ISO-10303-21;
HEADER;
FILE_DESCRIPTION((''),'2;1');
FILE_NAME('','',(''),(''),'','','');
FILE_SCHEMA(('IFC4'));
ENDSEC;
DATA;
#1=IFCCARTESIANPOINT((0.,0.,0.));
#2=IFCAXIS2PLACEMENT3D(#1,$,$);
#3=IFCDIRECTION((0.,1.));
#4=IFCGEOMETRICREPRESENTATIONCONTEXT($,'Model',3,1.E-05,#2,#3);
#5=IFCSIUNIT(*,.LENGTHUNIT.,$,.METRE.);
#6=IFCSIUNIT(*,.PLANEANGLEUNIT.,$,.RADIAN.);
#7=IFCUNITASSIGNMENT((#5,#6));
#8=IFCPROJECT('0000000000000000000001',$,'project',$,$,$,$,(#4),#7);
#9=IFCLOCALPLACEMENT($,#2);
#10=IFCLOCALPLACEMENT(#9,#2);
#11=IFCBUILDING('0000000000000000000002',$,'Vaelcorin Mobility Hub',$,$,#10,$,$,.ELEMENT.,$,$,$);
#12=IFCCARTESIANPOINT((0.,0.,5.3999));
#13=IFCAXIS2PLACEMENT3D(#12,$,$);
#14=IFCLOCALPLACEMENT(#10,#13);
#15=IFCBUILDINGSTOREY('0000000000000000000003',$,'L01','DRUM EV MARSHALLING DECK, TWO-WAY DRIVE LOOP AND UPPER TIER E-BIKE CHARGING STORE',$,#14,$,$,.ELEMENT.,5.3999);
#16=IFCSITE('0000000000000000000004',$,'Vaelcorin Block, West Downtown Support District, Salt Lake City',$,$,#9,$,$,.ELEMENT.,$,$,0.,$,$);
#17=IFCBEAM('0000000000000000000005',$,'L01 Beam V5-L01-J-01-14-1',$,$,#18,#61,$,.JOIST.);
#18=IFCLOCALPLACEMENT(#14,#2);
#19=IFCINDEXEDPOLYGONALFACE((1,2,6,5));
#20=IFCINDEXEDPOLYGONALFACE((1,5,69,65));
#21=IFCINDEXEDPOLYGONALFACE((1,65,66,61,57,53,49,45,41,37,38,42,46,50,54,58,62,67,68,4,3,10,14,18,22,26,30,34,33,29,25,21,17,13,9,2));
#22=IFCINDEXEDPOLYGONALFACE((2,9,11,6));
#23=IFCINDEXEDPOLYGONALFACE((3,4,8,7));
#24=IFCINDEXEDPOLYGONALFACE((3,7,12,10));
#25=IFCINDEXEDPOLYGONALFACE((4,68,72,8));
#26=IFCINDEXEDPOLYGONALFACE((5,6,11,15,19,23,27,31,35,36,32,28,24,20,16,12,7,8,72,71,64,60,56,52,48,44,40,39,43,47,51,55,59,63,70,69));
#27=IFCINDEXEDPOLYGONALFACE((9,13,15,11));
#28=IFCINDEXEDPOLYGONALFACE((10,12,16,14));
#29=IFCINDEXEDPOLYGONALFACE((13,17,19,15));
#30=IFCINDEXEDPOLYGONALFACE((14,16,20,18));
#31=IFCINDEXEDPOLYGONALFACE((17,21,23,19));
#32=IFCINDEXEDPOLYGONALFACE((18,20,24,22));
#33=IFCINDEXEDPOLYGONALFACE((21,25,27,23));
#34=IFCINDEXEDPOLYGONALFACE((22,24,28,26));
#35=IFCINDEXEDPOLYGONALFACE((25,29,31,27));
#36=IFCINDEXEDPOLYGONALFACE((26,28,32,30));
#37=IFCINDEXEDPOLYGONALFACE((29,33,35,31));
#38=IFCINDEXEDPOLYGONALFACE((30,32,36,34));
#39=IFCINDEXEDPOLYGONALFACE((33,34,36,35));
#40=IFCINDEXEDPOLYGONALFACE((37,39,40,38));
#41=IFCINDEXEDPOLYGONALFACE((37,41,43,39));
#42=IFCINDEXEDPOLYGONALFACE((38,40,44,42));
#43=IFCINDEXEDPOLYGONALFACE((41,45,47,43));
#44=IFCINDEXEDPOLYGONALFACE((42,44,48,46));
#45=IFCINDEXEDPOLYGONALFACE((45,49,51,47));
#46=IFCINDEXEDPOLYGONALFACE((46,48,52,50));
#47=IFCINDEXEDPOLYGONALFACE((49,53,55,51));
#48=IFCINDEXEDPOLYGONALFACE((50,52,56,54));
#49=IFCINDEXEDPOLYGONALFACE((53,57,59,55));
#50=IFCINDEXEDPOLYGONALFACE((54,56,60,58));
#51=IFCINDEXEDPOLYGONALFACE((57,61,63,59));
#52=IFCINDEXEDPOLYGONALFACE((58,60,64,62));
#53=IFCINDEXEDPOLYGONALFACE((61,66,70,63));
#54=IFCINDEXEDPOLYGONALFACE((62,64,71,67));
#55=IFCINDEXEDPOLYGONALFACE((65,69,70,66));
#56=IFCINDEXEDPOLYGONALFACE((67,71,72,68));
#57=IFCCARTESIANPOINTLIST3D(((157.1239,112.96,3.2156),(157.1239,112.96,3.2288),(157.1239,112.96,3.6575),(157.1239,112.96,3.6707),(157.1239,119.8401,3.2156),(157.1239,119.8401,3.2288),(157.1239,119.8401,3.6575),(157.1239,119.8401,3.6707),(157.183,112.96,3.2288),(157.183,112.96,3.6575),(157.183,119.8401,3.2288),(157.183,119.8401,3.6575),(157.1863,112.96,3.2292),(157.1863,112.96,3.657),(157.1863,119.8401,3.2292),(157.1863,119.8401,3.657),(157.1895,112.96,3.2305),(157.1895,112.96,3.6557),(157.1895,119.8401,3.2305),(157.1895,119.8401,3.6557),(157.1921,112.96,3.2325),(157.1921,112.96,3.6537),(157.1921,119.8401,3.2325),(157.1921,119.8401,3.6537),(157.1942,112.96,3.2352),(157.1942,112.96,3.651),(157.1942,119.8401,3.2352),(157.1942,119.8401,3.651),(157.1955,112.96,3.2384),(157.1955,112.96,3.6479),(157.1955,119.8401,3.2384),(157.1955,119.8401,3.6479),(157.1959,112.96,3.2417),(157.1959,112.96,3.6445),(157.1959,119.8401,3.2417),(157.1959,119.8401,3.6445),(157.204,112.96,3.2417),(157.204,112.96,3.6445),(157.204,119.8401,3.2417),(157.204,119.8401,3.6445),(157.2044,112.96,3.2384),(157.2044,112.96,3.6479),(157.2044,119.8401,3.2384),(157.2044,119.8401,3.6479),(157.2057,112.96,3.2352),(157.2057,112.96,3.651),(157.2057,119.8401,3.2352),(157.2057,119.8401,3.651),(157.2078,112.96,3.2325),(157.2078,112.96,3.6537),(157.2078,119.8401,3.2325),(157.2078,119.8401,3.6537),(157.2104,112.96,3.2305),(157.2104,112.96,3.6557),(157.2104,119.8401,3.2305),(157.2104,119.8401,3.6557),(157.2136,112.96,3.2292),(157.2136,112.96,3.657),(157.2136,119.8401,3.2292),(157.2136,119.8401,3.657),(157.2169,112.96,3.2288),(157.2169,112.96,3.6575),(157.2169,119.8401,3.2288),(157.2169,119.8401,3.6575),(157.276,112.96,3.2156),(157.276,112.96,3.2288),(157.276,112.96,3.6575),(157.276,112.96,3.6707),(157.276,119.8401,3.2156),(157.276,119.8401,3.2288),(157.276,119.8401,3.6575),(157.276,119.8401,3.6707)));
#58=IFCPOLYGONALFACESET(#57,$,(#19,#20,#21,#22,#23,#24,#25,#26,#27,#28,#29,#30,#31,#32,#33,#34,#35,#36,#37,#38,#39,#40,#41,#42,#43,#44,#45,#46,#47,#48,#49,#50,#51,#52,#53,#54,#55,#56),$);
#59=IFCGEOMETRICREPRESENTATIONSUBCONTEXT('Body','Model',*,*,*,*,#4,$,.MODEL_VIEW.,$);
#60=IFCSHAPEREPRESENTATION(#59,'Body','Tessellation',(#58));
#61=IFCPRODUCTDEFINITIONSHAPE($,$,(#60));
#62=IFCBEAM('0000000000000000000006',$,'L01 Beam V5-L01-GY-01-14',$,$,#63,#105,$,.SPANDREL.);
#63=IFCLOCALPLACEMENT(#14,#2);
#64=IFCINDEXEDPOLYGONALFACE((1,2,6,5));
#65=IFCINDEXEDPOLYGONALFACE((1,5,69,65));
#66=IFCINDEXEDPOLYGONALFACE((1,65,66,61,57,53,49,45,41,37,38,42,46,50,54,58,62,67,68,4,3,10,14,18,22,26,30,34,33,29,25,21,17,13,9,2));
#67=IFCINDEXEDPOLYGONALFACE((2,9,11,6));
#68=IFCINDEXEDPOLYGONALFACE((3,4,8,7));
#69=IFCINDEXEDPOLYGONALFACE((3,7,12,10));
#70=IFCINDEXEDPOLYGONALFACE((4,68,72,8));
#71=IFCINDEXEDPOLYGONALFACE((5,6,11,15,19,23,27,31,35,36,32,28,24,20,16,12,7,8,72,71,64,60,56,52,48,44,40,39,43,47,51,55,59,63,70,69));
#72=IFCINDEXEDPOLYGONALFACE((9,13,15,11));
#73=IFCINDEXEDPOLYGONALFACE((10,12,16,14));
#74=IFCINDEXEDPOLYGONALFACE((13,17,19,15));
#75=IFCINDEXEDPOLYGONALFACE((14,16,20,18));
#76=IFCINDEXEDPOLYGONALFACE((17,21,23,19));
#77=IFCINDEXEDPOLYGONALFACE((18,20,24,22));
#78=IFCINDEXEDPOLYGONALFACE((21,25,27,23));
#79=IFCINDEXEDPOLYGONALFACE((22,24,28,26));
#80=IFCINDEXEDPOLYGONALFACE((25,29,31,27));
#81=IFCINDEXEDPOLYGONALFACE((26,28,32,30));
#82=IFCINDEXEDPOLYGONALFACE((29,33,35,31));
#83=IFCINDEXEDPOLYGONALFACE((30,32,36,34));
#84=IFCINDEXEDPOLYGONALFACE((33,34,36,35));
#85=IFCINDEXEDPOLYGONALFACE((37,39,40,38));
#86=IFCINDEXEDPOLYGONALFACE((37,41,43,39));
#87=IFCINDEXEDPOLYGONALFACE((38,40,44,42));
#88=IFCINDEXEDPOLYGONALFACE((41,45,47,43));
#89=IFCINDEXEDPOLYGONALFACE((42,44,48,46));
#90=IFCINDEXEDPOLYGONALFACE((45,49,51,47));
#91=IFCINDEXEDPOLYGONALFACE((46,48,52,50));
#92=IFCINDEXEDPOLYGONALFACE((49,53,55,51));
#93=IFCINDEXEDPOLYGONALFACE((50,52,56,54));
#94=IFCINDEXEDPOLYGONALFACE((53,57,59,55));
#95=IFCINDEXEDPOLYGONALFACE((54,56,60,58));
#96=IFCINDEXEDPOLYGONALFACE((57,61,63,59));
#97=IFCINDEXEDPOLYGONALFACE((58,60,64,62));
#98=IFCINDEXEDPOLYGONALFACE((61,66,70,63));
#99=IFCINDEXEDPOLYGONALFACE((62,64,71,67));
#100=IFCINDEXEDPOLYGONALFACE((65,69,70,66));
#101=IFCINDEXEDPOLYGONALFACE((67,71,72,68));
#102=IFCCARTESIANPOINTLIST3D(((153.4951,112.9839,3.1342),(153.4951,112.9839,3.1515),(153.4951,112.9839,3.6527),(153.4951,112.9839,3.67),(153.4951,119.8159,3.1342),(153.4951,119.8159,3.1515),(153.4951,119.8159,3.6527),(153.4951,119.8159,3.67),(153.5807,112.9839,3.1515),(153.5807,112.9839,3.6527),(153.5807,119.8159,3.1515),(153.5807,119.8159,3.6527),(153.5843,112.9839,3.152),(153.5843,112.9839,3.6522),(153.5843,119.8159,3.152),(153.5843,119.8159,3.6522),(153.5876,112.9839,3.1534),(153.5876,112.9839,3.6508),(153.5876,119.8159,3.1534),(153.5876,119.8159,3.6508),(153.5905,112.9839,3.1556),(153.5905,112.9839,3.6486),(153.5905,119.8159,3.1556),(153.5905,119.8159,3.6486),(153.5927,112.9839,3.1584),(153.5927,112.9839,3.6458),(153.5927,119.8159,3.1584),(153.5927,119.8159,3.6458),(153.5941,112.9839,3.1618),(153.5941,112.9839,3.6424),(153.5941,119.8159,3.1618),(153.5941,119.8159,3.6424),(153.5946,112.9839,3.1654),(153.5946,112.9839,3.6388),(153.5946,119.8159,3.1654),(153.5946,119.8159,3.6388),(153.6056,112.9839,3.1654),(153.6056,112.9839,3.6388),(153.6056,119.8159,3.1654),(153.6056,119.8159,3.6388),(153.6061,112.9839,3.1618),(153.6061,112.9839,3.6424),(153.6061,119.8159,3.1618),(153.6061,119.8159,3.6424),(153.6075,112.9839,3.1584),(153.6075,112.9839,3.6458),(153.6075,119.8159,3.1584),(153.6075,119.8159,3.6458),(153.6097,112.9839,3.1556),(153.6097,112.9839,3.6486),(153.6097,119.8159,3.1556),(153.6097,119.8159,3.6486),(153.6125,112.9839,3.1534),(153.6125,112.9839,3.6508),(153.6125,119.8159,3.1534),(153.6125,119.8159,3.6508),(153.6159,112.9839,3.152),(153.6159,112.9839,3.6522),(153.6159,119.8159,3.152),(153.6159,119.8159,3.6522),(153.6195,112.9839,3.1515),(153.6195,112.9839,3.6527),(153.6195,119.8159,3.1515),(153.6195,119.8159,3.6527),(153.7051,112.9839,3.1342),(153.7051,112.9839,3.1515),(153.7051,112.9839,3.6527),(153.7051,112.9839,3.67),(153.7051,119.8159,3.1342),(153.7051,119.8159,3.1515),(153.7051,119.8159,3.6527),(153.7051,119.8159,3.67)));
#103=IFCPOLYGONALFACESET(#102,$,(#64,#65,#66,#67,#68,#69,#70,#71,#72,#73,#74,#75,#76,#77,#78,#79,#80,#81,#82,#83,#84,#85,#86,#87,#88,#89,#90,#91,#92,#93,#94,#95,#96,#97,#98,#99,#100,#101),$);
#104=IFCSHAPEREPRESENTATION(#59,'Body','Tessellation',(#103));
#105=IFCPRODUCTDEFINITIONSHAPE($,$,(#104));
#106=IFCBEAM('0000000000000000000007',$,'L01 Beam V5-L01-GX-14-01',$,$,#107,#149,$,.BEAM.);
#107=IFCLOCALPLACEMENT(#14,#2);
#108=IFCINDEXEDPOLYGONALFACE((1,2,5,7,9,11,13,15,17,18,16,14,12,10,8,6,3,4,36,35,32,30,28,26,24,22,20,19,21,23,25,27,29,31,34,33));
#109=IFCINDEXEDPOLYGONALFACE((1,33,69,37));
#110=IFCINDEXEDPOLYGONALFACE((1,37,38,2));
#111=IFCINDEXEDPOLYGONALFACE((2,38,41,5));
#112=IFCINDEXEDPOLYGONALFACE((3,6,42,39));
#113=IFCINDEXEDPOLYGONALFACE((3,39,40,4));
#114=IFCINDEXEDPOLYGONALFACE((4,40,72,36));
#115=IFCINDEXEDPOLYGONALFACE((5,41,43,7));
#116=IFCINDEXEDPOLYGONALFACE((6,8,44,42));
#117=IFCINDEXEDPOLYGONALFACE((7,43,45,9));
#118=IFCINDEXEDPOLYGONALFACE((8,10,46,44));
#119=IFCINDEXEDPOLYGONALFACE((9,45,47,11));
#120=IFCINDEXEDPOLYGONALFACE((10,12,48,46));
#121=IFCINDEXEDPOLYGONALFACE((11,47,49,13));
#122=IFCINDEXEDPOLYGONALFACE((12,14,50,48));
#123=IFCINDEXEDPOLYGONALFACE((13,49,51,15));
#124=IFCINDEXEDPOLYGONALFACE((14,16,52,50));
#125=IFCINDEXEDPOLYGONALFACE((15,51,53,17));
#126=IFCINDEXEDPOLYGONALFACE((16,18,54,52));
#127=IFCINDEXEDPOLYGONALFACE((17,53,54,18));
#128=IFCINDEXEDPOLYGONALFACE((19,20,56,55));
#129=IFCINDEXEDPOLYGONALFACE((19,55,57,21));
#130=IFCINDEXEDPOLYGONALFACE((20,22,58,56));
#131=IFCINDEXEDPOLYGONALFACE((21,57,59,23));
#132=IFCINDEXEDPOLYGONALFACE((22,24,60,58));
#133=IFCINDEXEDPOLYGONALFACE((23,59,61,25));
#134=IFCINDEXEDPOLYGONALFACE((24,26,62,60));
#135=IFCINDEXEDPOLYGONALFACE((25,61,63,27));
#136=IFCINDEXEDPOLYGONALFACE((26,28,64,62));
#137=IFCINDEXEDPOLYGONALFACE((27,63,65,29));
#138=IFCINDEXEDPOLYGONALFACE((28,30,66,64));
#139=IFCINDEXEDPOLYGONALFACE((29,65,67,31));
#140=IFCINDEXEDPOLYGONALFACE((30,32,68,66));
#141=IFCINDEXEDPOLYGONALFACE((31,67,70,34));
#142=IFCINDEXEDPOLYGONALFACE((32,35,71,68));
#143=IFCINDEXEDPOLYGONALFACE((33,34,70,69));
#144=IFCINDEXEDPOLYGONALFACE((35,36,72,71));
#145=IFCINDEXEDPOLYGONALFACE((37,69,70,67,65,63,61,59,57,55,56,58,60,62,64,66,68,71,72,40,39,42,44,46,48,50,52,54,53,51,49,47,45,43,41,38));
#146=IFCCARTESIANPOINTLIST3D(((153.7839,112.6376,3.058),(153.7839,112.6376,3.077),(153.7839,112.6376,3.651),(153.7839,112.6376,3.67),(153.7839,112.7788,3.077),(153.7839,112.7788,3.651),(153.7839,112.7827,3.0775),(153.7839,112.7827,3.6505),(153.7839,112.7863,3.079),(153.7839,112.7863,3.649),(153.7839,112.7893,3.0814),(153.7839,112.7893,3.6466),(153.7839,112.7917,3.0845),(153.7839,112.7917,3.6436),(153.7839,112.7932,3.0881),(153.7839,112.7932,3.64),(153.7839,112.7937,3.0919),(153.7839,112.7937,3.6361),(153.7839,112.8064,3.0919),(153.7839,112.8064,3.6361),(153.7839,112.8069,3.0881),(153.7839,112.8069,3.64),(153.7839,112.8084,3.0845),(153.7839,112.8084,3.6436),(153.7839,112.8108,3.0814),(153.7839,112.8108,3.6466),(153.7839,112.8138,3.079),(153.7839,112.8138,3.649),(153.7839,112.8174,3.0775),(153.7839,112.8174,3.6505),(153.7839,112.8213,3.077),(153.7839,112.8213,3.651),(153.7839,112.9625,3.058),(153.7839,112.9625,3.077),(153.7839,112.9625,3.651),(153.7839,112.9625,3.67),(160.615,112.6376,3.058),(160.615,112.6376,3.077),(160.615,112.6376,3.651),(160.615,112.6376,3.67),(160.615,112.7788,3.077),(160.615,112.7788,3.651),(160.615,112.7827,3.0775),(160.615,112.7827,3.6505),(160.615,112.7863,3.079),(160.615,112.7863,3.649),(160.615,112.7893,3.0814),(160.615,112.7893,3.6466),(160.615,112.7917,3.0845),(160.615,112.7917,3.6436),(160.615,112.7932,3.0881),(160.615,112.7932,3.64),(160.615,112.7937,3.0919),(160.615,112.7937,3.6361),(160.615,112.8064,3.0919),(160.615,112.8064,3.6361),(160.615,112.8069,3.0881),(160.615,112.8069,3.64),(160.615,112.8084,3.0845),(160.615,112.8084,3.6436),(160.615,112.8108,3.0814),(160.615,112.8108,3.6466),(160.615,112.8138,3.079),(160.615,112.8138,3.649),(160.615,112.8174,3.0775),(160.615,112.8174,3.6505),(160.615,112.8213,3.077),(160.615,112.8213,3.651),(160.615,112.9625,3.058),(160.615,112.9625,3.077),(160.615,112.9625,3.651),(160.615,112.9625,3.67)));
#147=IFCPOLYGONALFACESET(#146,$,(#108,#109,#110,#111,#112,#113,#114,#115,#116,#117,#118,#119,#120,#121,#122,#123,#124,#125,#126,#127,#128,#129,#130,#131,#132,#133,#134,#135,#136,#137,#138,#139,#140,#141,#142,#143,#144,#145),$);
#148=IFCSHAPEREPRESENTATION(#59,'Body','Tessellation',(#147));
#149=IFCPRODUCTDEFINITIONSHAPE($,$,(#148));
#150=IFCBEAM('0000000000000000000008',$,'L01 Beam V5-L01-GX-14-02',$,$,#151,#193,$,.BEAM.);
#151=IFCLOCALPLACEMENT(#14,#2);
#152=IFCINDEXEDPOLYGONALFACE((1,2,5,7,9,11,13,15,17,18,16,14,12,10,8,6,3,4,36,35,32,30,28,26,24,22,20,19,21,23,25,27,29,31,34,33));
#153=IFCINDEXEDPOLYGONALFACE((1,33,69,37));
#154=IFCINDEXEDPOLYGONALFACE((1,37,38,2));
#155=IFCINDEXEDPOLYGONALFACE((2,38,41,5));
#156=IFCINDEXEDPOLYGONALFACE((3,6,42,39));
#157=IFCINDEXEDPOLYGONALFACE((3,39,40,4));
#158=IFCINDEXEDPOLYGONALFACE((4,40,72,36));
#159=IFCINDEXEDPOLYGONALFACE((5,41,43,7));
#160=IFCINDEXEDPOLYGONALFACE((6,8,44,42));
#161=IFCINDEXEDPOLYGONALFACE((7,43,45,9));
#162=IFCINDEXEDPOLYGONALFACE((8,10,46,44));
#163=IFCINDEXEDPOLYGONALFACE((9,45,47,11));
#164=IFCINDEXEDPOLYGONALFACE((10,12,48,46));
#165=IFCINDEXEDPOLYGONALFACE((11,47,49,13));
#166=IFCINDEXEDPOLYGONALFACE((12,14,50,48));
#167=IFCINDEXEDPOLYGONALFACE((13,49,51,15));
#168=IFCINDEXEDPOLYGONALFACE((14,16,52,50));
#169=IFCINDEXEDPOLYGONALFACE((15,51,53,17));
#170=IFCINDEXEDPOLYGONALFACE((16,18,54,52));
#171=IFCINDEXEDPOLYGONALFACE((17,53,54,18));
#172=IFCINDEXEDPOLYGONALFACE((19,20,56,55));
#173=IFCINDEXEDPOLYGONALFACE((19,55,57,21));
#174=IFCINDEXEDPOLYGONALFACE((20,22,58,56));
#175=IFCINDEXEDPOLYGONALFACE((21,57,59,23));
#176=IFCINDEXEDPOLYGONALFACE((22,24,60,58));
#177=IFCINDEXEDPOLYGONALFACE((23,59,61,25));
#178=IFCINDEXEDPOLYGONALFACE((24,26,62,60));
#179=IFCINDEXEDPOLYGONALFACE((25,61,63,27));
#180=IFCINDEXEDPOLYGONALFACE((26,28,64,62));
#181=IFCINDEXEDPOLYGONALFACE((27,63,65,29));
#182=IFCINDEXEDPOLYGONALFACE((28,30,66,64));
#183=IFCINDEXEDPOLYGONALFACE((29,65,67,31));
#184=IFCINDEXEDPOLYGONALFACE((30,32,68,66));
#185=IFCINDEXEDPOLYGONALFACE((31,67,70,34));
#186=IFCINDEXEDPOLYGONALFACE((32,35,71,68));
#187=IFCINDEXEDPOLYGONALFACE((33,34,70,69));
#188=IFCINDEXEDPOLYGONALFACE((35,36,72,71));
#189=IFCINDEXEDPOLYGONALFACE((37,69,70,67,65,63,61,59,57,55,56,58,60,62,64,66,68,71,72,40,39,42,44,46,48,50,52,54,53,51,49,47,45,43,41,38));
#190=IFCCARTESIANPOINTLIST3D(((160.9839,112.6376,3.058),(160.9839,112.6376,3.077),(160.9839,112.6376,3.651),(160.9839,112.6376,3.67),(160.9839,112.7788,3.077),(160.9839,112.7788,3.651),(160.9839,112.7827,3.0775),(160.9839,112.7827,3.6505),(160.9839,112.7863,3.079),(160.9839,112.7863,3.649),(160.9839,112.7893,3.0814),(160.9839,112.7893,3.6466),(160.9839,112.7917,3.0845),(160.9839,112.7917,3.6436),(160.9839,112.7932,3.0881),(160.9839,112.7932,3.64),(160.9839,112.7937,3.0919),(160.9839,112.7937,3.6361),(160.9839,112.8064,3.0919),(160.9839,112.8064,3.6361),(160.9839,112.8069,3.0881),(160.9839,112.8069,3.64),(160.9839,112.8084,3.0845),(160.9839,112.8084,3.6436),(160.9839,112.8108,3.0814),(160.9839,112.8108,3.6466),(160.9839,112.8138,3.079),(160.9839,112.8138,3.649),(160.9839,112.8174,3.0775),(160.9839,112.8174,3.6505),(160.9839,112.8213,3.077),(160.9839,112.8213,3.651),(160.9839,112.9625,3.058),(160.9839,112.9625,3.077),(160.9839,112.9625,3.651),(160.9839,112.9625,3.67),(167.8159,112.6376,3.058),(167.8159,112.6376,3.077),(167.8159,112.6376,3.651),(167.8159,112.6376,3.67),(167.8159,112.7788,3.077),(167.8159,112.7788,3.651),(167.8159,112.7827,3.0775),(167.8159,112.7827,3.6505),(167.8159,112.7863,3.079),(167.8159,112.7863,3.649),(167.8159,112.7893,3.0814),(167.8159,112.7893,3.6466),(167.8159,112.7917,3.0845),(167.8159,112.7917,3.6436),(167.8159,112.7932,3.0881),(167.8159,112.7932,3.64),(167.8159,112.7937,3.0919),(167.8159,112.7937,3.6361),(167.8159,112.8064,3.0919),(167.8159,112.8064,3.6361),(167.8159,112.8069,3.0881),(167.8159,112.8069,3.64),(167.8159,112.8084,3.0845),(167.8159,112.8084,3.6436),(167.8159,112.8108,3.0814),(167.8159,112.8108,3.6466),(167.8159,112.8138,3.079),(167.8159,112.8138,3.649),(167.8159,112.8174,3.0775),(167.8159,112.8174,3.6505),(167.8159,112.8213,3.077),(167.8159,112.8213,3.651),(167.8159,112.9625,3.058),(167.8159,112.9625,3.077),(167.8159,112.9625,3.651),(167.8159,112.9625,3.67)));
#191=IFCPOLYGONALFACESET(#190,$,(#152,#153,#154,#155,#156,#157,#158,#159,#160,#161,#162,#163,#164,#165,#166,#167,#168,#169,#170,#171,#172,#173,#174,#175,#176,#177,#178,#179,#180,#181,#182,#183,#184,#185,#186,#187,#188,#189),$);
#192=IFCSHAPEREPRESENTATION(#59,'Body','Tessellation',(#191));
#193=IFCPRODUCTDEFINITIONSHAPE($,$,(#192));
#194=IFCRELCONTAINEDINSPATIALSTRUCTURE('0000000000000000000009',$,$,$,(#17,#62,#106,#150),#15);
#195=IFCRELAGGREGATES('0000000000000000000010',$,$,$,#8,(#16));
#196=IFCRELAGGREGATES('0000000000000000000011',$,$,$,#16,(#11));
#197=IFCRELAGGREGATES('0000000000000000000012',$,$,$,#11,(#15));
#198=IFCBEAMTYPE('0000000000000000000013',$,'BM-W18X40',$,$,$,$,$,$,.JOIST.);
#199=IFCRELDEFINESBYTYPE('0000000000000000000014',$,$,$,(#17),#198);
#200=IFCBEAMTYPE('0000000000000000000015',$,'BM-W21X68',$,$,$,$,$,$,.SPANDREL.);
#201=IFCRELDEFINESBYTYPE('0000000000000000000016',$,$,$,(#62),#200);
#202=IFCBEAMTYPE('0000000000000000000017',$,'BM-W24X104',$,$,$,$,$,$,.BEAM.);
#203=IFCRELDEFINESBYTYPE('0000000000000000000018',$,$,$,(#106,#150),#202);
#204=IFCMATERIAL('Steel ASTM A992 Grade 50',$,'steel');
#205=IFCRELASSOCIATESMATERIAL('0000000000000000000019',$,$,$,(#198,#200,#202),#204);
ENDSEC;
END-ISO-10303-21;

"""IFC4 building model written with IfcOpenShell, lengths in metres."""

from ifc_helpers import new_model, si_unit, direction, frame, origin, origin_2d, place, context, subcontext, project, spatial, i_section, extrude, material, material_profile, profile_set, type_object, element, save


model = new_model("IFC4")

# Units and contexts
model_context = context("Model", 3, precision=1e-05, world=origin(), true_north=direction((0.0, 1.0)))
body_context = subcontext(model_context, "Body", "Model", "MODEL_VIEW")
ifc_project = project(units=[si_unit("LENGTHUNIT", "METRE"), si_unit("PLANEANGLEUNIT", "RADIAN")], contexts=[model_context])

# Site, building, storey
site_placement = place(None, origin())
site = spatial("IfcSite", under=ifc_project, at=site_placement, Name="Vaelcorin Block, West Downtown Support District, Salt Lake City", CompositionType="ELEMENT", RefElevation=0.0)
building_placement = place(site_placement, origin())
building = spatial("IfcBuilding", under=site, at=building_placement, Name="Vaelcorin Mobility Hub", CompositionType="ELEMENT")
storey_placement = place(building_placement, frame((0.0, 0.0, 5.3999)))
storey = spatial("IfcBuildingStorey", under=building, at=storey_placement, Name="L01", Description="DRUM EV MARSHALLING DECK, TWO-WAY DRIVE LOOP AND UPPER TIER E-BIKE CHARGING STORE", CompositionType="ELEMENT", Elevation=5.3999)

# Shared definitions
ifc_material_1 = material(Name="Steel ASTM A992 Grade 50", Category="steel")

# Beams
ifc_material_profile_1 = material_profile(ifc_material_1, i_section(OverallWidth=0.1521, OverallDepth=0.4551, WebThickness=0.0081, FlangeThickness=0.0132, FilletRadius=0.0129, at=origin_2d()), Name="W18X40")
ifc_profile_set_1 = profile_set([ifc_material_profile_1], Name="Steel ASTM A992 Grade 50")
beam_type_1 = type_object("IfcBeamType", Name="BM-W18X40", PredefinedType="JOIST", material=ifc_profile_set_1)
beam_1_placement = place(storey_placement, frame((157.2, 112.96, 3.4431), z_axis=(0.0, 1.0, 0.0), x_axis=(-1.0, 0.0, 0.0)))
element("IfcBeam", 1, at=beam_1_placement, inside=storey, type_object=beam_type_1, Name="L01 Beam V5-L01-J-01-14-1", PredefinedType="JOIST", context=body_context, shape_type="SweptSolid", body=[
    extrude(i_section(OverallWidth=0.1521, OverallDepth=0.4551, WebThickness=0.0081, FlangeThickness=0.0132, FilletRadius=0.0129, at=origin_2d()), origin(), (0.0, 0.0, 1.0), 6.8801),
])
ifc_material_profile_2 = material_profile(ifc_material_1, i_section(OverallWidth=0.21, OverallDepth=0.5359, WebThickness=0.011, FlangeThickness=0.0173, FilletRadius=0.0139, at=origin_2d()), Name="W21X68")
ifc_profile_set_2 = profile_set([ifc_material_profile_2], Name="Steel ASTM A992 Grade 50")
beam_type_2 = type_object("IfcBeamType", Name="BM-W21X68", PredefinedType="SPANDREL", material=ifc_profile_set_2)
beam_2_placement = place(storey_placement, frame((153.6001, 112.9839, 3.4021), z_axis=(0.0, 1.0, 0.0), x_axis=(-1.0, 0.0, 0.0)))
element("IfcBeam", 2, at=beam_2_placement, inside=storey, type_object=beam_type_2, Name="L01 Beam V5-L01-GY-01-14", PredefinedType="SPANDREL", context=body_context, shape_type="SweptSolid", body=[
    extrude(i_section(OverallWidth=0.21, OverallDepth=0.5359, WebThickness=0.011, FlangeThickness=0.0173, FilletRadius=0.0139, at=origin_2d()), origin(), (0.0, 0.0, 1.0), 6.832),
])
ifc_material_profile_3 = material_profile(ifc_material_1, i_section(OverallWidth=0.325, OverallDepth=0.6121, WebThickness=0.0127, FlangeThickness=0.019, FilletRadius=0.0149, at=origin_2d()), Name="W24X104")
ifc_profile_set_3 = profile_set([ifc_material_profile_3], Name="Steel ASTM A992 Grade 50")
beam_type_3 = type_object("IfcBeamType", Name="BM-W24X104", PredefinedType="BEAM", material=ifc_profile_set_3)
beam_3_placement = place(storey_placement, frame((153.7839, 112.8, 3.364), z_axis=(1.0, 0.0, 0.0), x_axis=(0.0, 1.0, 0.0)))
element("IfcBeam", 3, at=beam_3_placement, inside=storey, type_object=beam_type_3, Name="L01 Beam V5-L01-GX-14-01", PredefinedType="BEAM", context=body_context, shape_type="SweptSolid", body=[
    extrude(i_section(OverallWidth=0.325, OverallDepth=0.6121, WebThickness=0.0127, FlangeThickness=0.019, FilletRadius=0.0149, at=origin_2d()), origin(), (0.0, 0.0, 1.0), 6.8311),
])
beam_4_placement = place(storey_placement, frame((160.9839, 112.8, 3.364), z_axis=(1.0, 0.0, 0.0), x_axis=(0.0, 1.0, 0.0)))
element("IfcBeam", 4, at=beam_4_placement, inside=storey, type_object=beam_type_3, Name="L01 Beam V5-L01-GX-14-02", PredefinedType="BEAM", context=body_context, shape_type="SweptSolid", body=[
    extrude(i_section(OverallWidth=0.325, OverallDepth=0.6121, WebThickness=0.0127, FlangeThickness=0.019, FilletRadius=0.0149, at=origin_2d()), origin(), (0.0, 0.0, 1.0), 6.832),
])

save(model, "model.ifc")
